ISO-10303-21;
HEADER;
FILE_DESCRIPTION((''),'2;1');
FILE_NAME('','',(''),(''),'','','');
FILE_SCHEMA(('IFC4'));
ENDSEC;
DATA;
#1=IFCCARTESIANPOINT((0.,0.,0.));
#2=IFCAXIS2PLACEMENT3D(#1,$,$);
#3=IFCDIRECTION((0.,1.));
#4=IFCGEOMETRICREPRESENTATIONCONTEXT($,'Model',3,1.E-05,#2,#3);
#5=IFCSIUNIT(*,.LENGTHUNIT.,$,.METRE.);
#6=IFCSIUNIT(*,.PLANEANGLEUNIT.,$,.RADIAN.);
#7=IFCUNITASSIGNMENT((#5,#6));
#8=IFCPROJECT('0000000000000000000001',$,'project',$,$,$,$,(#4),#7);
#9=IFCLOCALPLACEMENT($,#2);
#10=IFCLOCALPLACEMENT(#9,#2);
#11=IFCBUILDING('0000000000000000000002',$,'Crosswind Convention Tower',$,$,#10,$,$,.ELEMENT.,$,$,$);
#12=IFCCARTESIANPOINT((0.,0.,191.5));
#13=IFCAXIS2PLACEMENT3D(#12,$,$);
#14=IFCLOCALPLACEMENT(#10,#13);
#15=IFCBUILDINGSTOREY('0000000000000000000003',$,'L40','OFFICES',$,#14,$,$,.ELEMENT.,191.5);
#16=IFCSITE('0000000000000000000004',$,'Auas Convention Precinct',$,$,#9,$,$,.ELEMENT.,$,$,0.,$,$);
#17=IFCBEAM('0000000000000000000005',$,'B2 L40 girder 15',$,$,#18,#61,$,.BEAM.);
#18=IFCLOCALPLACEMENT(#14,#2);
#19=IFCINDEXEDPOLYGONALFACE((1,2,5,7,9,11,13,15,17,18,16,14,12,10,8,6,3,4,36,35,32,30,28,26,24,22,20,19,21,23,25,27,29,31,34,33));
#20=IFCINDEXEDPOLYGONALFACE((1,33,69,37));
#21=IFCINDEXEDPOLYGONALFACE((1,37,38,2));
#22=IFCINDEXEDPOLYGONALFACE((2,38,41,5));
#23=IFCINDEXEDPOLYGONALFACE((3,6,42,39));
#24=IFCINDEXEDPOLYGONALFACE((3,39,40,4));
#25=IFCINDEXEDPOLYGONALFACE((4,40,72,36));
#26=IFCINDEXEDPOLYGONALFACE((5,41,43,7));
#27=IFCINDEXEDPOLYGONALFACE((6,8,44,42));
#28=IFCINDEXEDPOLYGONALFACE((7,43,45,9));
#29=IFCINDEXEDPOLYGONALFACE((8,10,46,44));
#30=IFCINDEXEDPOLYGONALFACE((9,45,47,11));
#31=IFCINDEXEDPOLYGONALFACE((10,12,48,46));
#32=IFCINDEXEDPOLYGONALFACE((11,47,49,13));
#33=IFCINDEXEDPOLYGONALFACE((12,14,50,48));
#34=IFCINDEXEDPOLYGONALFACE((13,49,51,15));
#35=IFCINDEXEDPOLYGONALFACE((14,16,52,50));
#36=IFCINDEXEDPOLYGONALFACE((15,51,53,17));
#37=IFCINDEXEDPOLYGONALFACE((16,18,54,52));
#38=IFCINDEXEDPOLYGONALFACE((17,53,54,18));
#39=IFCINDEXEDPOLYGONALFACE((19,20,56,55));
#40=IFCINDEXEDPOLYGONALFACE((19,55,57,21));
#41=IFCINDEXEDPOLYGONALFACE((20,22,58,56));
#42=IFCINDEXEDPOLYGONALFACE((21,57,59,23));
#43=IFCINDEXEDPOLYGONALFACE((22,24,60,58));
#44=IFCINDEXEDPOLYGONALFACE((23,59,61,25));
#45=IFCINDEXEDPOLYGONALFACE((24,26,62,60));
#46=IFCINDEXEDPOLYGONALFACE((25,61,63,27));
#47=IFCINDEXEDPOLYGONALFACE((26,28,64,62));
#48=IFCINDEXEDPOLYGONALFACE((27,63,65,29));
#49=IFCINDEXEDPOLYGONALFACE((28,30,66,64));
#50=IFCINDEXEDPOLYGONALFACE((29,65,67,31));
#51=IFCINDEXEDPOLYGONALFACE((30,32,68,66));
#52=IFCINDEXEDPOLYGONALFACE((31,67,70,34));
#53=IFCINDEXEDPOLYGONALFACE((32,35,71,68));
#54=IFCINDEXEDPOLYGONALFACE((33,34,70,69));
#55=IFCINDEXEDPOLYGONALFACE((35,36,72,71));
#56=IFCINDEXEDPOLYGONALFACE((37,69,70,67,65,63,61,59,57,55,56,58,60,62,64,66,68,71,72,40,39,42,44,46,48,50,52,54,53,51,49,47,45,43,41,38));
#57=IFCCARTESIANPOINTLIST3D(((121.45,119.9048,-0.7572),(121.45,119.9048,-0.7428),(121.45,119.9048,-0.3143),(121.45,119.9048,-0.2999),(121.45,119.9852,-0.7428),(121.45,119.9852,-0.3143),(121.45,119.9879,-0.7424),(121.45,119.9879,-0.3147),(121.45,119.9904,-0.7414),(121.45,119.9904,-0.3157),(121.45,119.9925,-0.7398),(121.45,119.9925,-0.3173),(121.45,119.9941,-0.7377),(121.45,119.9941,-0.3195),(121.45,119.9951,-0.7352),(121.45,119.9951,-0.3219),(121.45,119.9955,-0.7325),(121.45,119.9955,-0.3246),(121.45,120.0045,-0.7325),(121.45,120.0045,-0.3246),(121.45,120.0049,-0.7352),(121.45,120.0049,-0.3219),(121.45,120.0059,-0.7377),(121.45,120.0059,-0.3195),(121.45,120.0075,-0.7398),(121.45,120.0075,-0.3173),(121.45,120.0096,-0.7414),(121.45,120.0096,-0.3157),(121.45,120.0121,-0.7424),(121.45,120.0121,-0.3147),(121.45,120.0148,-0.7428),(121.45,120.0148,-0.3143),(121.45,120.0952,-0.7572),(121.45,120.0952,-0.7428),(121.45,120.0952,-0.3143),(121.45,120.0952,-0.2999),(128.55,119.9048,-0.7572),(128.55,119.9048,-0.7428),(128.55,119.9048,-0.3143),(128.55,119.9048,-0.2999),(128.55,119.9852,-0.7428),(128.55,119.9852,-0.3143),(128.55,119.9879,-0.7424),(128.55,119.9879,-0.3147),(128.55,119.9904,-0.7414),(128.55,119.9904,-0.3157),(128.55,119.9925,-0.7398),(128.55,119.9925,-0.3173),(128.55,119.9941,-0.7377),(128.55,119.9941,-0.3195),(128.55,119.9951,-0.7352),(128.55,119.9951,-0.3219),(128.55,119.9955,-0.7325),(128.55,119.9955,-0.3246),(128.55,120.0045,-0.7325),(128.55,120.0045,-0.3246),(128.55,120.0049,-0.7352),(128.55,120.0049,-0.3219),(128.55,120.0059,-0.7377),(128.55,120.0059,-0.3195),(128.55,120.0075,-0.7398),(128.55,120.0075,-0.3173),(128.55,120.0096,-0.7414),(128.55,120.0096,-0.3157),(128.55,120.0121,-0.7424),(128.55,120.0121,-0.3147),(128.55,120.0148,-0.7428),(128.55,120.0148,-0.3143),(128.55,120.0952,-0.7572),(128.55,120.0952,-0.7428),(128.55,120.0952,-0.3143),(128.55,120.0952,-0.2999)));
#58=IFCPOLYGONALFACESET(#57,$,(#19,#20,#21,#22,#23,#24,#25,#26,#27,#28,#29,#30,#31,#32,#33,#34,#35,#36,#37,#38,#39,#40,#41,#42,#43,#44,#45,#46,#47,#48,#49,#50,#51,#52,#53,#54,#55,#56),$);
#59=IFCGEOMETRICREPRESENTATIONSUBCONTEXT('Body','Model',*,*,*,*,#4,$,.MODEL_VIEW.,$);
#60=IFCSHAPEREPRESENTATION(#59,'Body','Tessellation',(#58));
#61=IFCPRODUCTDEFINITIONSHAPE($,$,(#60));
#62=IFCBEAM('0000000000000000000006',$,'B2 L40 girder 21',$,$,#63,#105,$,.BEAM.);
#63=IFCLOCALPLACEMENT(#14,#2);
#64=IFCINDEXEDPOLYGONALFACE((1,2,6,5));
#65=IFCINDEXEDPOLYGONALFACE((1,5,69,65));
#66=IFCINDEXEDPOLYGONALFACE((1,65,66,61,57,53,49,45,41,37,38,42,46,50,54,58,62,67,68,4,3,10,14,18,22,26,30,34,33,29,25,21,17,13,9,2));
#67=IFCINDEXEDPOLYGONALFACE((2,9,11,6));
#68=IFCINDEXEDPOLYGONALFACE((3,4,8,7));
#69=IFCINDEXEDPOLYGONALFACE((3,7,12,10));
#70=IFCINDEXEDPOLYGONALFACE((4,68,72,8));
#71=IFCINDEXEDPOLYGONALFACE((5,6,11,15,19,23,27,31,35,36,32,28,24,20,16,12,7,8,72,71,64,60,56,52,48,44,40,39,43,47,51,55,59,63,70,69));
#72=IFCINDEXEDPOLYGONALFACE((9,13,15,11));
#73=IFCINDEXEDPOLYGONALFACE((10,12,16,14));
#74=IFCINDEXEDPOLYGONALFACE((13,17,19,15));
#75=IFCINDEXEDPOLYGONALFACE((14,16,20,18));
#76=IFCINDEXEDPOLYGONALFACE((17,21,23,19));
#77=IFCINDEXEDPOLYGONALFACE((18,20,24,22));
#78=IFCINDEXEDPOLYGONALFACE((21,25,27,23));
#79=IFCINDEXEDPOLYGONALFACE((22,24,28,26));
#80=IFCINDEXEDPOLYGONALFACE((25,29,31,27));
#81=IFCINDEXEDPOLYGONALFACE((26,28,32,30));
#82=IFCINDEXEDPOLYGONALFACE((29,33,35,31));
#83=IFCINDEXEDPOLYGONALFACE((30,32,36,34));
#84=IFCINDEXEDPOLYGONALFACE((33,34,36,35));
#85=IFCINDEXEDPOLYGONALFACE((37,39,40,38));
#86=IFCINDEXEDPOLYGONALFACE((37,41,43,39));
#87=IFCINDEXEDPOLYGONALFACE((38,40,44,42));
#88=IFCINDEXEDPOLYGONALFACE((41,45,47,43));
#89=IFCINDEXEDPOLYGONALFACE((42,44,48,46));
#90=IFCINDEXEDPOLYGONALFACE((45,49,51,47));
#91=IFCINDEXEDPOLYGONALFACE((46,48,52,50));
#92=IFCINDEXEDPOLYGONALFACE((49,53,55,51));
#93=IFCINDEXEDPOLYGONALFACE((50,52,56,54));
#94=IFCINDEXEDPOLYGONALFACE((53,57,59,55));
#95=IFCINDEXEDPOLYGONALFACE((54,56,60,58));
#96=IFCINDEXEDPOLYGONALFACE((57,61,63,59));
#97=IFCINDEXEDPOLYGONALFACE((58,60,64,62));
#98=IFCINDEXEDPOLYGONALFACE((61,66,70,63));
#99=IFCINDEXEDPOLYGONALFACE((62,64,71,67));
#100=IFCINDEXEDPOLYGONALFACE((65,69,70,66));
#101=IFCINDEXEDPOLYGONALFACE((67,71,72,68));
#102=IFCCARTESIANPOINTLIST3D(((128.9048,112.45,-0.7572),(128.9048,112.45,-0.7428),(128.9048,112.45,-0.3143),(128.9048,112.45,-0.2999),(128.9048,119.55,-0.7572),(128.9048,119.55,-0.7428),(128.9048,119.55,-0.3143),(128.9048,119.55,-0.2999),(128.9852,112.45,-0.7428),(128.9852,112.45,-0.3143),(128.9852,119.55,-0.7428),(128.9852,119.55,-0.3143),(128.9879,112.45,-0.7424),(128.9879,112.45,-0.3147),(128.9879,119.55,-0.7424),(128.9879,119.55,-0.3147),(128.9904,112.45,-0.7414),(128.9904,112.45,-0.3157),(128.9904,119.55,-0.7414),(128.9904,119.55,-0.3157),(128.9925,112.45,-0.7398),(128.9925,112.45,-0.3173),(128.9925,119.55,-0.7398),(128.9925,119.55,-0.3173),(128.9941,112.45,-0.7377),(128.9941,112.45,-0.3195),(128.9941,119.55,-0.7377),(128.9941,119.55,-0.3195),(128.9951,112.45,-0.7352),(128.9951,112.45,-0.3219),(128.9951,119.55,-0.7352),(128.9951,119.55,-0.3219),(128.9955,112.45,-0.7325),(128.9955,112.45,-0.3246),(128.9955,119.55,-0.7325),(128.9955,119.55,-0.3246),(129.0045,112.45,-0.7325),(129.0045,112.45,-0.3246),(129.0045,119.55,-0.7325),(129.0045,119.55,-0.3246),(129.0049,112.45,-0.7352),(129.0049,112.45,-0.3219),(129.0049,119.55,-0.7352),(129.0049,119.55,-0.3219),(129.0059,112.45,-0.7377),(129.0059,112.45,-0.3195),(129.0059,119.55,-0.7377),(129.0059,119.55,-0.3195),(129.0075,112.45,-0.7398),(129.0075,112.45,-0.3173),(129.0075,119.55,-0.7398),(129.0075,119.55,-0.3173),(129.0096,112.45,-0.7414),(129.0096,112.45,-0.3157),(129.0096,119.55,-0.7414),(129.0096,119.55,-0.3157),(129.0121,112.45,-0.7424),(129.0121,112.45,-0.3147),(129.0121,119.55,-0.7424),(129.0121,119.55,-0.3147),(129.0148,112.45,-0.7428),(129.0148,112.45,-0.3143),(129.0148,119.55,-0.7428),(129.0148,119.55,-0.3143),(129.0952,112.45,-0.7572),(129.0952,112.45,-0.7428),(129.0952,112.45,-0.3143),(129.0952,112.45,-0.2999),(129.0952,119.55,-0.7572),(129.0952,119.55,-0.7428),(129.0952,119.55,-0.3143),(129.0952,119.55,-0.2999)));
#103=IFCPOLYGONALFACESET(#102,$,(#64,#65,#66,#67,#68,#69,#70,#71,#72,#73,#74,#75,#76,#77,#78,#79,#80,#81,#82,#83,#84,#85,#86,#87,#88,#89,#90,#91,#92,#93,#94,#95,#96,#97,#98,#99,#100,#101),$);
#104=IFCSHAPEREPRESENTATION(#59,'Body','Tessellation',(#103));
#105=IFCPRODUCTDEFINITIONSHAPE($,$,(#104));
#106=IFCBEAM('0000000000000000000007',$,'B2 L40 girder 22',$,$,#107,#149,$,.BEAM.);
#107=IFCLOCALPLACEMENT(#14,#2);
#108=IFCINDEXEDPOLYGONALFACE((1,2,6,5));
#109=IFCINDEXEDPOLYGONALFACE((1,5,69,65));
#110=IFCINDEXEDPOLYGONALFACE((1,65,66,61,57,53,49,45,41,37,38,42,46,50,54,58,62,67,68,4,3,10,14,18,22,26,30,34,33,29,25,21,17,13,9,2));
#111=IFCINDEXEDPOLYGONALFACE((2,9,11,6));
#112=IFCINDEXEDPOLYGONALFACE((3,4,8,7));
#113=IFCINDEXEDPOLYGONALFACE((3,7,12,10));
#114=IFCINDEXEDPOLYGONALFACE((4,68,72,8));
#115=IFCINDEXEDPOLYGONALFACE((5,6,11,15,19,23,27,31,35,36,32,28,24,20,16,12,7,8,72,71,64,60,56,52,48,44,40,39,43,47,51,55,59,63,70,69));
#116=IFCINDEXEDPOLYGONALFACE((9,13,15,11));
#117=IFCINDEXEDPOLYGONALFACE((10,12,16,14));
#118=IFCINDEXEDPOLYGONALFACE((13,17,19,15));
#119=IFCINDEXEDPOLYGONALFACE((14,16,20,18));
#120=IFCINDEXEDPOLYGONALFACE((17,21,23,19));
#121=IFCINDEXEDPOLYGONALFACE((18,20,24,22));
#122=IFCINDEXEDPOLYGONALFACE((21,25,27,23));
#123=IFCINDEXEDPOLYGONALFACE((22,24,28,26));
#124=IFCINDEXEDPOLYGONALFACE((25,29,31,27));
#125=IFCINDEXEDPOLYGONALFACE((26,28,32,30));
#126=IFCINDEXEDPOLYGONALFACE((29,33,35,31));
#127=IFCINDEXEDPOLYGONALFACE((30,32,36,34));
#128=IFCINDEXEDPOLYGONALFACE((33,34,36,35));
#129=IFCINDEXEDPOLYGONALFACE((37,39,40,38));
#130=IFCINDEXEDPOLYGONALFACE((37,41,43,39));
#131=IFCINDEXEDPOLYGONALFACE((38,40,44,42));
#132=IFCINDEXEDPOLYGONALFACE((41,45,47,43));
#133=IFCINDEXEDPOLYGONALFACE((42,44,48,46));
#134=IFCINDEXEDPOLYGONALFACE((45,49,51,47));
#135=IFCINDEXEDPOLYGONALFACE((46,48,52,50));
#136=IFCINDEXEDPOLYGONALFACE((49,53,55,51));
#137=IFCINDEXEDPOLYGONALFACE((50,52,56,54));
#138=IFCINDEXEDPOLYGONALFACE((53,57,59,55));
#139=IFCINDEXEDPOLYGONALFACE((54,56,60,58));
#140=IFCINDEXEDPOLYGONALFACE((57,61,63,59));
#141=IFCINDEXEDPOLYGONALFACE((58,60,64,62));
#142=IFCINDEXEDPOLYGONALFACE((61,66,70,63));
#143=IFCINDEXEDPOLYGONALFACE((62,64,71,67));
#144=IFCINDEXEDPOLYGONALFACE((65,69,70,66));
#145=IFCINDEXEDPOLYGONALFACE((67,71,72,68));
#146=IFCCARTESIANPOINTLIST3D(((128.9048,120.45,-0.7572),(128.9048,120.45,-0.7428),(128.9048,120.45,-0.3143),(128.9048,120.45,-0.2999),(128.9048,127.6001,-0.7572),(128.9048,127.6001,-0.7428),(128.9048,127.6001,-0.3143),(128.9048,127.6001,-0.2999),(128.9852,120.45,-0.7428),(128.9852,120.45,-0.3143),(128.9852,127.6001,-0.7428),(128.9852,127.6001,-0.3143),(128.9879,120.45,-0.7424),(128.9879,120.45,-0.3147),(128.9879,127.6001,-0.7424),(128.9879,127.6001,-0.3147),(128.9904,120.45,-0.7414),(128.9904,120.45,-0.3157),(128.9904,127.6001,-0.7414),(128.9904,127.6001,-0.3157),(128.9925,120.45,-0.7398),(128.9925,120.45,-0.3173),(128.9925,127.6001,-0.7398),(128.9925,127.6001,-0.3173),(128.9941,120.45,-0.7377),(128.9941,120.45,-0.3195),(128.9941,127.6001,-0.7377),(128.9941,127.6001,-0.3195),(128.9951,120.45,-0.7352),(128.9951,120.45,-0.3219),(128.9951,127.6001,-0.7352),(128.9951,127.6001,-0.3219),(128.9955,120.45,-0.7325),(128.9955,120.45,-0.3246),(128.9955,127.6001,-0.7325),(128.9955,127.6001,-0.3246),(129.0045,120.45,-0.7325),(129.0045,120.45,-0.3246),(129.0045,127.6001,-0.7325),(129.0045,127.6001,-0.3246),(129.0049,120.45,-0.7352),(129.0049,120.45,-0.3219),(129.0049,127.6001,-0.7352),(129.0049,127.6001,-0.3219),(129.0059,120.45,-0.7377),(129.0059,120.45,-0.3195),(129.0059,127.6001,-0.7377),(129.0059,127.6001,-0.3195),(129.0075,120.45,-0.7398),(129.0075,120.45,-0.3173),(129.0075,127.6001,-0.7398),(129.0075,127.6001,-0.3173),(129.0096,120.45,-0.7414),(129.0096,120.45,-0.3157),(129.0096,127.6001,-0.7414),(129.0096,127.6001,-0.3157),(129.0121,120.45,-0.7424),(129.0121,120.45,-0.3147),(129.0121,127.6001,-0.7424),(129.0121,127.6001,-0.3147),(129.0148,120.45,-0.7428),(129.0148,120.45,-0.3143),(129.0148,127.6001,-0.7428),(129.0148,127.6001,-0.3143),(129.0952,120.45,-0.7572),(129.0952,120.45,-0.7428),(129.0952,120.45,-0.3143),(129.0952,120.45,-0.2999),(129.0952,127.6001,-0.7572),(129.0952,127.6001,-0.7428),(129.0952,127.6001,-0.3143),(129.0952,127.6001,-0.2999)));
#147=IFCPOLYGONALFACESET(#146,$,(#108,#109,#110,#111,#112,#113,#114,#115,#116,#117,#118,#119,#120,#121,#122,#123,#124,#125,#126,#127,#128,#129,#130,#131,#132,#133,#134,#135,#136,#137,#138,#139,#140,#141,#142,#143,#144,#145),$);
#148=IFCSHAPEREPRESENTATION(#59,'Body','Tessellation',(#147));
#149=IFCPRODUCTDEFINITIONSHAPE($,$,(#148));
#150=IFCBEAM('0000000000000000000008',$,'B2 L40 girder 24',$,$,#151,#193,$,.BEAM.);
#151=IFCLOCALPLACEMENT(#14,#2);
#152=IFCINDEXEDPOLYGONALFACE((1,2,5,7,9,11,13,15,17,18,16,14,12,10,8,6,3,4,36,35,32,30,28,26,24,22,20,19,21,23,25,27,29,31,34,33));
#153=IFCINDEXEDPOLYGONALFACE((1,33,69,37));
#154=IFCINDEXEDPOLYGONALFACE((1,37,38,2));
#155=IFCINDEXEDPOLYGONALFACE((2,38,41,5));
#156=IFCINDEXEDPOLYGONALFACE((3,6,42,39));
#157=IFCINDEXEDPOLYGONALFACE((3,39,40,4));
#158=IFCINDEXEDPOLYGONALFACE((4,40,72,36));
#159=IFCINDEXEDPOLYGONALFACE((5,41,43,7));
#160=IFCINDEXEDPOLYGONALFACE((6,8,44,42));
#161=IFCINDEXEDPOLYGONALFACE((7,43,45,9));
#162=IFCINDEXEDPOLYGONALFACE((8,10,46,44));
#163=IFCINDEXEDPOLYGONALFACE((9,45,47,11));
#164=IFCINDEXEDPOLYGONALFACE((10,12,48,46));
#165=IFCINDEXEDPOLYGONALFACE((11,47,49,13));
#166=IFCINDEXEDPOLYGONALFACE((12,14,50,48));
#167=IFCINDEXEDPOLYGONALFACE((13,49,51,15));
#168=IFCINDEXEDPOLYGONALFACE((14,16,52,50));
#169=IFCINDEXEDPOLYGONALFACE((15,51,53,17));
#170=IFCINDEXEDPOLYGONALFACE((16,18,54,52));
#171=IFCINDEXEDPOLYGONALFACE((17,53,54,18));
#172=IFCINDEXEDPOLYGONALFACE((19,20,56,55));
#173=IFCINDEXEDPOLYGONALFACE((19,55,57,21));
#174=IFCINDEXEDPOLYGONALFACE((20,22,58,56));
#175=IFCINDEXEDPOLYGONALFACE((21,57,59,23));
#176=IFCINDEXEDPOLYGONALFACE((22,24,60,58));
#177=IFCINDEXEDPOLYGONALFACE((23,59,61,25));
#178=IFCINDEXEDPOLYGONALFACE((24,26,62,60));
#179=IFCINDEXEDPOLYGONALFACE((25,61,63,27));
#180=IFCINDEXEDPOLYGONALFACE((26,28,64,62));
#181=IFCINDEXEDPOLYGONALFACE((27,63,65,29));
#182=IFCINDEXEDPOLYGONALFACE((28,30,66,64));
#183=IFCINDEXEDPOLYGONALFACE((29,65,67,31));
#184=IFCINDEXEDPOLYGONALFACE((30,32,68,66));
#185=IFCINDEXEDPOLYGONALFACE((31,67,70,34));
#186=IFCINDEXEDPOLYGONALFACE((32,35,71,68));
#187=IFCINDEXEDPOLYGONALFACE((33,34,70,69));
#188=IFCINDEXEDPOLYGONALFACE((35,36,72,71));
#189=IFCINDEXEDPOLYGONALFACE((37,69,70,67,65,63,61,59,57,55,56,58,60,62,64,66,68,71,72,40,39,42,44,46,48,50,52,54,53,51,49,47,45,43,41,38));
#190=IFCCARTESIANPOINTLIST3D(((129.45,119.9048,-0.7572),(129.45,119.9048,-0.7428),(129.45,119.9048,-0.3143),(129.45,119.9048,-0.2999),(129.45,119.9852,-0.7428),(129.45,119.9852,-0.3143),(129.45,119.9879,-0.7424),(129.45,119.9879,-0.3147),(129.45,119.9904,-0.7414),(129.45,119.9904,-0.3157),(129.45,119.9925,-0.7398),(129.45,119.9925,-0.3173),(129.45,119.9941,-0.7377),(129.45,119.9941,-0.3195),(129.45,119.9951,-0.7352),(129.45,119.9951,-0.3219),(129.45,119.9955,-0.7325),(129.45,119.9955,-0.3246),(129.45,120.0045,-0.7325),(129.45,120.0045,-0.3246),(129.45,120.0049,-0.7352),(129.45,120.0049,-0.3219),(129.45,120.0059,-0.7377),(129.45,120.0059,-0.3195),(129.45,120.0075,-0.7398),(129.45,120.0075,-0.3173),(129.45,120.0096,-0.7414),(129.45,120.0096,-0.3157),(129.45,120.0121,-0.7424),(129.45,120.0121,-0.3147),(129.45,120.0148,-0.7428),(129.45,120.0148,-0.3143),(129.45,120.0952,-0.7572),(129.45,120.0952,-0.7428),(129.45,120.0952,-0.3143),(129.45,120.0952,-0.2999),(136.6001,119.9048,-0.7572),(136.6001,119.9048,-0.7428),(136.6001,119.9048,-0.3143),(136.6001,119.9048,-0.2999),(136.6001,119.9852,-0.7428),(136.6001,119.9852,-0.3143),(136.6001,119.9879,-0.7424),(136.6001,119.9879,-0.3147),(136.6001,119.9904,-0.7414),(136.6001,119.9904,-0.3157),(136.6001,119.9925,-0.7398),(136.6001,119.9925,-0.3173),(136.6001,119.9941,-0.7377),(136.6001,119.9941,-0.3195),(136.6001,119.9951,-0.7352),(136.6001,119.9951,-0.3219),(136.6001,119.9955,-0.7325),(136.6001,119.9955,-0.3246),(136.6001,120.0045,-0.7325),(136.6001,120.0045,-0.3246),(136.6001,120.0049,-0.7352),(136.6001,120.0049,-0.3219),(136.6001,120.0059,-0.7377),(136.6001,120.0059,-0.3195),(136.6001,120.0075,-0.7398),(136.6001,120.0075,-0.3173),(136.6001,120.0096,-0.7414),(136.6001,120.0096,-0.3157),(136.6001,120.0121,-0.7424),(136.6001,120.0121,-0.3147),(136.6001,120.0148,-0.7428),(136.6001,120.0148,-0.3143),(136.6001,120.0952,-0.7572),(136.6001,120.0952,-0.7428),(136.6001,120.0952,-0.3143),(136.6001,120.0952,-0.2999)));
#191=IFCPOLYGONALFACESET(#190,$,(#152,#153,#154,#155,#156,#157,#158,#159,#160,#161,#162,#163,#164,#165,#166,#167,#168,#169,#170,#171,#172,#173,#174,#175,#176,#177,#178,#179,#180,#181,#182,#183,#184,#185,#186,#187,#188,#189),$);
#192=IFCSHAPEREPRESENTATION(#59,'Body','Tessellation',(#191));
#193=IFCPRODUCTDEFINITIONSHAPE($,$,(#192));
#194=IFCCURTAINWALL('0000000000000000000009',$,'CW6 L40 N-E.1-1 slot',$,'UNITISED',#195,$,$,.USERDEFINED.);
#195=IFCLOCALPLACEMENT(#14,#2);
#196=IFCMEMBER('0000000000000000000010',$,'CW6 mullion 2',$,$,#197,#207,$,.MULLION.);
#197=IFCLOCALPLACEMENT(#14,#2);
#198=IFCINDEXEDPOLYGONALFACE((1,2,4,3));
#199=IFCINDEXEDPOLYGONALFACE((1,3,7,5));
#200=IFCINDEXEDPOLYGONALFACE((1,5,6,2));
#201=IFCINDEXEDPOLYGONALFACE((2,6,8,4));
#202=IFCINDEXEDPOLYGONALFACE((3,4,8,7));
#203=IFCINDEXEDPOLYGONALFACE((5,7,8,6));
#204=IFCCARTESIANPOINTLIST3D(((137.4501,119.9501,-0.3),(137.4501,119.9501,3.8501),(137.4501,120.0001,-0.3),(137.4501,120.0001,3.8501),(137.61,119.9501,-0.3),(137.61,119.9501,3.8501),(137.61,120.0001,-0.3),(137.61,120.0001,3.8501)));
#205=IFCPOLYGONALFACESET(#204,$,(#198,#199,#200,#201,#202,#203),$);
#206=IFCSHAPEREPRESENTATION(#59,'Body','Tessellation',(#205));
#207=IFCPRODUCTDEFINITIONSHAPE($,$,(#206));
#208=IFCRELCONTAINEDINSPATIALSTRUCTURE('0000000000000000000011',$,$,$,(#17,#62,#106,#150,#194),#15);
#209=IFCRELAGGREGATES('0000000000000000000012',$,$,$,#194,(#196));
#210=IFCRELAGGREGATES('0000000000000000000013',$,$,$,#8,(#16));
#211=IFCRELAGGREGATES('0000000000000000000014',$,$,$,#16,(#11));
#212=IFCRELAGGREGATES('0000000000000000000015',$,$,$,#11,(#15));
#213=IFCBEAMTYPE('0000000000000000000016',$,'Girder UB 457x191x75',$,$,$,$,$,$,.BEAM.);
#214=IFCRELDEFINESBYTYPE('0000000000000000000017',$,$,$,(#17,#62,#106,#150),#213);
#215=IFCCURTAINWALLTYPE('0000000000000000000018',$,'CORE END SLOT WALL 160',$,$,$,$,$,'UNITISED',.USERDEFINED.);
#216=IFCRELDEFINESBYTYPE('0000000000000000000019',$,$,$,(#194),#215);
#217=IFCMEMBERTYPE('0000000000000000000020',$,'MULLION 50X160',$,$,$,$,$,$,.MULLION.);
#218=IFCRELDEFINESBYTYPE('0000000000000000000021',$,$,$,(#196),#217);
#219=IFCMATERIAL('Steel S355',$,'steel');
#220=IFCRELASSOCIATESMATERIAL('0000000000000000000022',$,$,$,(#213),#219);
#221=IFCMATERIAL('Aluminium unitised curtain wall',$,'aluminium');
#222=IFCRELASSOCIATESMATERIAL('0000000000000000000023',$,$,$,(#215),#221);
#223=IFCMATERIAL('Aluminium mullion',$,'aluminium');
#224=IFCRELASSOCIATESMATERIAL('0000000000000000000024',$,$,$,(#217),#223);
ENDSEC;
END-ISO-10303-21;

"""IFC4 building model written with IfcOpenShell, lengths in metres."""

from ifc_helpers import new_model, si_unit, direction, frame, origin, origin_2d, place, context, subcontext, project, spatial, rectangle, i_section, extrude, material, material_profile, profile_set, type_object, element, aggregate, save


model = new_model("IFC4")

# Units and contexts
model_context = context("Model", 3, precision=1e-05, world=origin(), true_north=direction((0.0, 1.0)))
body_context = subcontext(model_context, "Body", "Model", "MODEL_VIEW")
ifc_project = project(units=[si_unit("LENGTHUNIT", "METRE"), si_unit("PLANEANGLEUNIT", "RADIAN")], contexts=[model_context])

# Site, building, storey
site_placement = place(None, origin())
site = spatial("IfcSite", under=ifc_project, at=site_placement, Name="Auas Convention Precinct", CompositionType="ELEMENT", RefElevation=0.0)
building_placement = place(site_placement, origin())
building = spatial("IfcBuilding", under=site, at=building_placement, Name="Crosswind Convention Tower", CompositionType="ELEMENT")
storey_placement = place(building_placement, frame((0.0, 0.0, 191.5)))
storey = spatial("IfcBuildingStorey", under=building, at=storey_placement, Name="L40", Description="OFFICES", CompositionType="ELEMENT", Elevation=191.5)

# Beams
ifc_material_1 = material(Name="Steel S355", Category="steel")
ifc_material_profile_1 = material_profile(ifc_material_1, i_section(OverallWidth=0.1904, OverallDepth=0.4573, WebThickness=0.009, FlangeThickness=0.0144, FilletRadius=0.0103, at=origin_2d()), Name="UB 457x191x75")
ifc_profile_set_1 = profile_set([ifc_material_profile_1], Name="Steel S355")
beam_type_1 = type_object("IfcBeamType", Name="Girder UB 457x191x75", PredefinedType="BEAM", material=ifc_profile_set_1)
for number, where, z_axis, x_axis, name in (
    (1, (121.45, 120.0, -0.5286), (1.0, 0.0, 0.0), (0.0, 1.0, 0.0), "B2 L40 girder 15"),
    (2, (129.0, 112.45, -0.5286), (0.0, 1.0, 0.0), (-1.0, 0.0, 0.0), "B2 L40 girder 21"),
):
    element("IfcBeam", number, at=place(storey_placement, frame(where, z_axis=z_axis, x_axis=x_axis)), inside=storey, type_object=beam_type_1, Name=name, PredefinedType="BEAM", context=body_context, shape_type="SweptSolid", body=[
        extrude(i_section(OverallWidth=0.1904, OverallDepth=0.4573, WebThickness=0.009, FlangeThickness=0.0144, FilletRadius=0.0103, at=origin_2d()), origin(), (0.0, 0.0, 1.0), 7.1001),
    ])
for number, where, z_axis, x_axis, name in (
    (3, (129.0, 120.45, -0.5286), (0.0, 1.0, 0.0), (-1.0, 0.0, 0.0), "B2 L40 girder 22"),
    (4, (129.45, 120.0, -0.5286), (1.0, 0.0, 0.0), (0.0, 1.0, 0.0), "B2 L40 girder 24"),
):
    element("IfcBeam", number, at=place(storey_placement, frame(where, z_axis=z_axis, x_axis=x_axis)), inside=storey, type_object=beam_type_1, Name=name, PredefinedType="BEAM", context=body_context, shape_type="SweptSolid", body=[
        extrude(i_section(OverallWidth=0.1904, OverallDepth=0.4573, WebThickness=0.009, FlangeThickness=0.0144, FilletRadius=0.0103, at=origin_2d()), origin(), (0.0, 0.0, 1.0), 7.1501),
    ])

# Curtain wall, member
ifc_material_2 = material(Name="Aluminium unitised curtain wall", Category="aluminium")
curtain_wall_type_1 = type_object("IfcCurtainWallType", Name="CORE END SLOT WALL 160", ElementType="UNITISED", PredefinedType="USERDEFINED", material=ifc_material_2)
curtain_wall_1_placement = place(storey_placement, origin())
curtain_wall_1 = element("IfcCurtainWall", 5, at=curtain_wall_1_placement, inside=storey, type_object=curtain_wall_type_1, Name="CW6 L40 N-E.1-1 slot", ObjectType="UNITISED", PredefinedType="USERDEFINED")
ifc_material_3 = material(Name="Aluminium mullion", Category="aluminium")
ifc_material_profile_2 = material_profile(ifc_material_3, rectangle(XDim=0.1599, YDim=0.05, at=origin_2d()), Name="AL 160X50")
ifc_profile_set_2 = profile_set([ifc_material_profile_2], Name="Aluminium mullion")
member_type_1 = type_object("IfcMemberType", Name="MULLION 50X160", PredefinedType="MULLION", material=ifc_profile_set_2)
member_1_placement = place(storey_placement, frame((137.53, 119.9751, -0.3), z_axis=(0.0, 0.0, 1.0), x_axis=(1.0, 0.0, 0.0)))
member_1 = element("IfcMember", 6, at=member_1_placement, type_object=member_type_1, Name="CW6 mullion 2", PredefinedType="MULLION", context=body_context, shape_type="SweptSolid", body=[
    extrude(rectangle(XDim=0.1599, YDim=0.05, at=origin_2d()), origin(), (0.0, 0.0, 1.0), 4.1501),
])

aggregate(curtain_wall_1, [member_1])

save(model, "model.ifc")
